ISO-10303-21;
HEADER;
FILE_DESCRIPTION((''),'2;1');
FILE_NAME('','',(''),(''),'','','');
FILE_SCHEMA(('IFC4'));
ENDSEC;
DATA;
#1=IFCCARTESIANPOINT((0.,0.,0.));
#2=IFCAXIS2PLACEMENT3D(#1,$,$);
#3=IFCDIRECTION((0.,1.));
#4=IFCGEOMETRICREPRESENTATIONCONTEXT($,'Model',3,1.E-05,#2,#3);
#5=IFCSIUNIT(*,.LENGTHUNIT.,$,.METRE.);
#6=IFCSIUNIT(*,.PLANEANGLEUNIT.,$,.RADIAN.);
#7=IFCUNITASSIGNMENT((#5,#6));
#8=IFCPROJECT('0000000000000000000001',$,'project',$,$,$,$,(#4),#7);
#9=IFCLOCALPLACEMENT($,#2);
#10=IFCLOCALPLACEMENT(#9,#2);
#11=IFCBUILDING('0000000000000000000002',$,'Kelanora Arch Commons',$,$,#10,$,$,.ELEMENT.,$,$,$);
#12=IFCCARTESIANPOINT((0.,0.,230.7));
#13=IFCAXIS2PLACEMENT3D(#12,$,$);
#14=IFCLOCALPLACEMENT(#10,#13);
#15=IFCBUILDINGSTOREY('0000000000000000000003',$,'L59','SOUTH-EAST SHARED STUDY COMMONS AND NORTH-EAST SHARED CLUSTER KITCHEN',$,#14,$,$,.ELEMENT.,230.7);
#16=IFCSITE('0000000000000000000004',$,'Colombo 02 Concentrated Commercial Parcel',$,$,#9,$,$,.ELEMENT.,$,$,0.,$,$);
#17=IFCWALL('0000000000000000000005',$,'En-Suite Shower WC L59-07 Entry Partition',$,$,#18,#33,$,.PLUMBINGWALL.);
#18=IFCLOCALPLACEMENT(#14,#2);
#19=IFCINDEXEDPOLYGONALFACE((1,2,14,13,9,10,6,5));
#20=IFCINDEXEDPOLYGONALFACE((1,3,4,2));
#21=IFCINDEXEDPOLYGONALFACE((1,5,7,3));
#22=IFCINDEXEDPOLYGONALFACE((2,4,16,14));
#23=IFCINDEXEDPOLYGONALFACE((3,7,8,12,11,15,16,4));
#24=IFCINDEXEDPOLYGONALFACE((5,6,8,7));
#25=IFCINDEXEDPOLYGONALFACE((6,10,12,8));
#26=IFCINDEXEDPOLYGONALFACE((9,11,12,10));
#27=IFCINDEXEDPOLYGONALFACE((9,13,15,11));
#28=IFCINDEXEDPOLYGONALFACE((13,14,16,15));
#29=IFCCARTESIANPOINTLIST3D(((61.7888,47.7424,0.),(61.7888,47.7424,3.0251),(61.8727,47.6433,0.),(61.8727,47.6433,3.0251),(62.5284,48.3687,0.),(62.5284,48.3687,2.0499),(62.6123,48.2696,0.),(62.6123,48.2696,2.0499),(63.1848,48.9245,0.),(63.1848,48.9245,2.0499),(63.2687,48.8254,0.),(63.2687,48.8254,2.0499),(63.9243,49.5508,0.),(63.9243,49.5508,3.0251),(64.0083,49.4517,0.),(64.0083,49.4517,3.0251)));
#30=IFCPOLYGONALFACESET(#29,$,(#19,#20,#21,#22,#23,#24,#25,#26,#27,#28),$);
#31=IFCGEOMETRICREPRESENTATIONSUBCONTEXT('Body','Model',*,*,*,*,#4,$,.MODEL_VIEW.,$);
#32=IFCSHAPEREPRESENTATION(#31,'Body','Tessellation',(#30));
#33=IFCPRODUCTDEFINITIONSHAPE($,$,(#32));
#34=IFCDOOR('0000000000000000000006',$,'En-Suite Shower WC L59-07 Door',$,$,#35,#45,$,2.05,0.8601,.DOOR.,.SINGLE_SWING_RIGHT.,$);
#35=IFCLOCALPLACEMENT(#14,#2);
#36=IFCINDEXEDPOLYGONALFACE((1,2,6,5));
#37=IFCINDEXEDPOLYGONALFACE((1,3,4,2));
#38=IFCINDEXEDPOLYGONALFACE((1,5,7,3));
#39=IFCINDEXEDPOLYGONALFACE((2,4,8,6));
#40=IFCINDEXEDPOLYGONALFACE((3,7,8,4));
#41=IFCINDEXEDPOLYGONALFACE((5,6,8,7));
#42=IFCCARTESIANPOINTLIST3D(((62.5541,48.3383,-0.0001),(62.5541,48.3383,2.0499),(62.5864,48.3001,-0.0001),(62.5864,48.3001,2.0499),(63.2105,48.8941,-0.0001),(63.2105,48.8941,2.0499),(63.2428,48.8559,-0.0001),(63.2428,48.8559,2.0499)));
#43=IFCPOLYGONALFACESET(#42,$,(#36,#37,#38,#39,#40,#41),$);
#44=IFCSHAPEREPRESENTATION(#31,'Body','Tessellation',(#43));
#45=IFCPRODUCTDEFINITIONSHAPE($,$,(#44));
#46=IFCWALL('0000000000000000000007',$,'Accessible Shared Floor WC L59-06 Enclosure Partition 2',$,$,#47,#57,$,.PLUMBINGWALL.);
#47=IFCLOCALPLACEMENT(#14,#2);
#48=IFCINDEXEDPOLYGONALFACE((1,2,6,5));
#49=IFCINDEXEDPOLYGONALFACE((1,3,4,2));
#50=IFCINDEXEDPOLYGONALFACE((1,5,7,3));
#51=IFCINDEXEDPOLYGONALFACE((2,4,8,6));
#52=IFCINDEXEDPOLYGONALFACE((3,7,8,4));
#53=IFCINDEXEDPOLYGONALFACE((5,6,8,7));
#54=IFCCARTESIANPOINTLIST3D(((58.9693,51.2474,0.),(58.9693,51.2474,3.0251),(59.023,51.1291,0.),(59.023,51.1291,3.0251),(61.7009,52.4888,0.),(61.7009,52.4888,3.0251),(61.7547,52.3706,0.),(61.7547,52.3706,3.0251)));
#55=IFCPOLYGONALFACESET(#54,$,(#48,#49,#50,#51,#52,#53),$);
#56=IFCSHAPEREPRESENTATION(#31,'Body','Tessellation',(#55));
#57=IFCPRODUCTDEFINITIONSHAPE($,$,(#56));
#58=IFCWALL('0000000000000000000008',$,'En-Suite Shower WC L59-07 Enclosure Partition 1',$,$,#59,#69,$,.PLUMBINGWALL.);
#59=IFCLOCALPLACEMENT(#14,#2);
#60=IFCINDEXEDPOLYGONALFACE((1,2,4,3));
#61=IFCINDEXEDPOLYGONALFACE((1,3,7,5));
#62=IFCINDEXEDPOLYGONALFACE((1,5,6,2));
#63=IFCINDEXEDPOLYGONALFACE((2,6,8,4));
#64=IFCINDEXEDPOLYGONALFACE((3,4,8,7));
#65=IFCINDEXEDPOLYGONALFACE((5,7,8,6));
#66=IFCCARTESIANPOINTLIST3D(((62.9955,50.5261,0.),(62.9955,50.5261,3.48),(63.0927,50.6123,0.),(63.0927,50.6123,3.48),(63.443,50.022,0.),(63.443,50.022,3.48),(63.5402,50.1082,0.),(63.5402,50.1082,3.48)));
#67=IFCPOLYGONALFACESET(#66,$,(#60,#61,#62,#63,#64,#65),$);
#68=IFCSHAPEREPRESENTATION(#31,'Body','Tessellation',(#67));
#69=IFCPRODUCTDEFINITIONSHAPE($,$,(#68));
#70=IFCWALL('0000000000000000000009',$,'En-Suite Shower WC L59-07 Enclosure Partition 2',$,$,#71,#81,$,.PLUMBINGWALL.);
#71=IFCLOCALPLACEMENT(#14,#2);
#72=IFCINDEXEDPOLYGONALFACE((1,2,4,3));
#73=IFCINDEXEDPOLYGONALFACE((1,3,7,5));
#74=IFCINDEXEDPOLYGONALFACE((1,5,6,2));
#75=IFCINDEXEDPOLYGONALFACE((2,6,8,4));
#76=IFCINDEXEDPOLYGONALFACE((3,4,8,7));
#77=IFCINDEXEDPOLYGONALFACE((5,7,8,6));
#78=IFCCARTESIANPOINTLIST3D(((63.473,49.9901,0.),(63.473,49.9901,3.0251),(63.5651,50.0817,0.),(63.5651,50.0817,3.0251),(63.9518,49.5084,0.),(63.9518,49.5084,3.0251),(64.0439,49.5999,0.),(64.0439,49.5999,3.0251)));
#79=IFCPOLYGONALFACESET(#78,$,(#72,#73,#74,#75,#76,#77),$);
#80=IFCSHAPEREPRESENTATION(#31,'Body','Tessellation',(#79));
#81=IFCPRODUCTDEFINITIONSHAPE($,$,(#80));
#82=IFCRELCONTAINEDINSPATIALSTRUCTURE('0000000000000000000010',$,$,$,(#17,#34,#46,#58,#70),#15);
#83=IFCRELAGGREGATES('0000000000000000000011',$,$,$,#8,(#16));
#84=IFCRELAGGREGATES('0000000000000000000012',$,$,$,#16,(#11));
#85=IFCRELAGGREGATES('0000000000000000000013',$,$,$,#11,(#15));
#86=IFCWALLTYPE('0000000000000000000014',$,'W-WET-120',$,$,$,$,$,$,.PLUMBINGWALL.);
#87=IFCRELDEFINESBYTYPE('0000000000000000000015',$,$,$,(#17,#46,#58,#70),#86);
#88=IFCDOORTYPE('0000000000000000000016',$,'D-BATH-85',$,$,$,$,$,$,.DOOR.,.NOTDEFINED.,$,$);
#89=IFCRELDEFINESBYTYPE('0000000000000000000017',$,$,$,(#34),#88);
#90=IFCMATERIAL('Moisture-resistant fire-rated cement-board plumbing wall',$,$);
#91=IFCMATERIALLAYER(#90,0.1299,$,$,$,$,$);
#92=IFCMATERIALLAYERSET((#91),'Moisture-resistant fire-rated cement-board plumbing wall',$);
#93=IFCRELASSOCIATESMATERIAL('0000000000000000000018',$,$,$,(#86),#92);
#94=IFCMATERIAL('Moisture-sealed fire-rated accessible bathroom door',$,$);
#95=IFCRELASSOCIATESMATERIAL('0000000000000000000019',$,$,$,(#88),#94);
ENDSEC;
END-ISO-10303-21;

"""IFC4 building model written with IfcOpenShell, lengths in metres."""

from ifc_helpers import new_model, si_unit, direction, frame, frame_2d, origin, place, context, subcontext, project, spatial, rectangle, extrude, material, layer, layer_set, type_object, element, fill, save


model = new_model("IFC4")

# Units and contexts
model_context = context("Model", 3, precision=1e-05, world=origin(), true_north=direction((0.0, 1.0)))
body_context = subcontext(model_context, "Body", "Model", "MODEL_VIEW")
ifc_project = project(units=[si_unit("LENGTHUNIT", "METRE"), si_unit("PLANEANGLEUNIT", "RADIAN")], contexts=[model_context])

# Site, building, storey
site_placement = place(None, origin())
site = spatial("IfcSite", under=ifc_project, at=site_placement, Name="Colombo 02 Concentrated Commercial Parcel", CompositionType="ELEMENT", RefElevation=0.0)
building_placement = place(site_placement, origin())
building = spatial("IfcBuilding", under=site, at=building_placement, Name="Kelanora Arch Commons", CompositionType="ELEMENT")
storey_placement = place(building_placement, frame((0.0, 0.0, 230.7)))
storey = spatial("IfcBuildingStorey", under=building, at=storey_placement, Name="L59", Description="SOUTH-EAST SHARED STUDY COMMONS AND NORTH-EAST SHARED CLUSTER KITCHEN", CompositionType="ELEMENT", Elevation=230.7)

# Wall, opening, door
ifc_material_1 = material(Name="Moisture-resistant fire-rated cement-board plumbing wall")
ifc_layer_1 = layer(ifc_material_1, 0.1299)
ifc_layer_set_1 = layer_set([ifc_layer_1], Name="Moisture-resistant fire-rated cement-board plumbing wall")
wall_type_1 = type_object("IfcWallType", Name="W-WET-120", PredefinedType="PLUMBINGWALL", material=ifc_layer_set_1)
ifc_material_2 = material(Name="Moisture-sealed fire-rated accessible bathroom door")
door_type_1 = type_object("IfcDoorType", Name="D-BATH-85", OperationType="NOTDEFINED", PredefinedType="DOOR", material=ifc_material_2)
wall_1_placement = place(storey_placement, frame((63.9663, 49.5012, 0.0), z_axis=(0.0, 0.0, 1.0), x_axis=(-0.763141, -0.646232, 0.0)))
wall_1 = element("IfcWall", 1, at=wall_1_placement, inside=storey, type_object=wall_type_1, Name="En-Suite Shower WC L59-07 Entry Partition", PredefinedType="PLUMBINGWALL", context=body_context, shape_type="SweptSolid", body=[
    extrude(rectangle(XDim=2.7983, YDim=0.1299, at=frame_2d((1.3992, 0.0))), origin(), (0.0, 0.0, 1.0), 3.0251),
])
opening_1_placement = place(wall_1_placement, frame((0.969, 0.0, 0.0)))
opening_1 = element("IfcOpeningElement", 2, at=opening_1_placement, cuts=wall_1, PredefinedType="OPENING", context=body_context, shape_type="SweptSolid", body=[
    extrude(rectangle(XDim=0.8601, YDim=2.05, at=frame_2d((0.4302, 1.0249))), frame((0.0, 0.075, 0.0), z_axis=(0.0, -1.0, 0.0), x_axis=(1.0, 0.0, 0.0)), (0.0, 0.0, 1.0), 0.1499),
])
door_1_placement = place(opening_1_placement, origin())
door_1 = element("IfcDoor", 3, at=door_1_placement, inside=storey, type_object=door_type_1, Name="En-Suite Shower WC L59-07 Door", OperationType="SINGLE_SWING_RIGHT", OverallHeight=2.05, OverallWidth=0.8601, PredefinedType="DOOR", context=body_context, shape_type="SweptSolid", body=[
    extrude(rectangle(XDim=0.8601, YDim=2.05, at=frame_2d((0.4302, 1.0249))), frame((0.0, 0.0249, 0.0), z_axis=(0.0, -1.0, 0.0), x_axis=(1.0, 0.0, 0.0)), (0.0, 0.0, 1.0), 0.05),
])
fill(opening_1, door_1)

# Walls
wall_2_placement = place(storey_placement, frame((61.7278, 52.4297, 0.0), z_axis=(0.0, 0.0, 1.0), x_axis=(-0.910394, -0.413742, 0.0)))
element("IfcWall", 4, at=wall_2_placement, inside=storey, type_object=wall_type_1, Name="Accessible Shared Floor WC L59-06 Enclosure Partition 2", PredefinedType="PLUMBINGWALL", context=body_context, shape_type="SweptSolid", body=[
    extrude(rectangle(XDim=3.0005, YDim=0.1299, at=frame_2d((1.5002, 0.0))), origin(), (0.0, 0.0, 1.0), 3.0251),
])
wall_3_placement = place(storey_placement, frame((63.0442, 50.5691, 0.0), z_axis=(0.0, 0.0, 1.0), x_axis=(0.663847, -0.747869, 0.0)))
element("IfcWall", 5, at=wall_3_placement, inside=storey, type_object=wall_type_1, Name="En-Suite Shower WC L59-07 Enclosure Partition 1", PredefinedType="PLUMBINGWALL", context=body_context, shape_type="SweptSolid", body=[
    extrude(rectangle(XDim=0.6741, YDim=0.1299, at=frame_2d((0.3369, 0.0))), origin(), (0.0, 0.0, 1.0), 3.48),
])
wall_4_placement = place(storey_placement, frame((63.519, 50.0359, 0.0), z_axis=(0.0, 0.0, 1.0), x_axis=(0.704947, -0.70926, 0.0)))
element("IfcWall", 6, at=wall_4_placement, inside=storey, type_object=wall_type_1, Name="En-Suite Shower WC L59-07 Enclosure Partition 2", PredefinedType="PLUMBINGWALL", context=body_context, shape_type="SweptSolid", body=[
    extrude(rectangle(XDim=0.6792, YDim=0.1299, at=frame_2d((0.3396, 0.0))), origin(), (0.0, 0.0, 1.0), 3.0251),
])

save(model, "model.ifc")
